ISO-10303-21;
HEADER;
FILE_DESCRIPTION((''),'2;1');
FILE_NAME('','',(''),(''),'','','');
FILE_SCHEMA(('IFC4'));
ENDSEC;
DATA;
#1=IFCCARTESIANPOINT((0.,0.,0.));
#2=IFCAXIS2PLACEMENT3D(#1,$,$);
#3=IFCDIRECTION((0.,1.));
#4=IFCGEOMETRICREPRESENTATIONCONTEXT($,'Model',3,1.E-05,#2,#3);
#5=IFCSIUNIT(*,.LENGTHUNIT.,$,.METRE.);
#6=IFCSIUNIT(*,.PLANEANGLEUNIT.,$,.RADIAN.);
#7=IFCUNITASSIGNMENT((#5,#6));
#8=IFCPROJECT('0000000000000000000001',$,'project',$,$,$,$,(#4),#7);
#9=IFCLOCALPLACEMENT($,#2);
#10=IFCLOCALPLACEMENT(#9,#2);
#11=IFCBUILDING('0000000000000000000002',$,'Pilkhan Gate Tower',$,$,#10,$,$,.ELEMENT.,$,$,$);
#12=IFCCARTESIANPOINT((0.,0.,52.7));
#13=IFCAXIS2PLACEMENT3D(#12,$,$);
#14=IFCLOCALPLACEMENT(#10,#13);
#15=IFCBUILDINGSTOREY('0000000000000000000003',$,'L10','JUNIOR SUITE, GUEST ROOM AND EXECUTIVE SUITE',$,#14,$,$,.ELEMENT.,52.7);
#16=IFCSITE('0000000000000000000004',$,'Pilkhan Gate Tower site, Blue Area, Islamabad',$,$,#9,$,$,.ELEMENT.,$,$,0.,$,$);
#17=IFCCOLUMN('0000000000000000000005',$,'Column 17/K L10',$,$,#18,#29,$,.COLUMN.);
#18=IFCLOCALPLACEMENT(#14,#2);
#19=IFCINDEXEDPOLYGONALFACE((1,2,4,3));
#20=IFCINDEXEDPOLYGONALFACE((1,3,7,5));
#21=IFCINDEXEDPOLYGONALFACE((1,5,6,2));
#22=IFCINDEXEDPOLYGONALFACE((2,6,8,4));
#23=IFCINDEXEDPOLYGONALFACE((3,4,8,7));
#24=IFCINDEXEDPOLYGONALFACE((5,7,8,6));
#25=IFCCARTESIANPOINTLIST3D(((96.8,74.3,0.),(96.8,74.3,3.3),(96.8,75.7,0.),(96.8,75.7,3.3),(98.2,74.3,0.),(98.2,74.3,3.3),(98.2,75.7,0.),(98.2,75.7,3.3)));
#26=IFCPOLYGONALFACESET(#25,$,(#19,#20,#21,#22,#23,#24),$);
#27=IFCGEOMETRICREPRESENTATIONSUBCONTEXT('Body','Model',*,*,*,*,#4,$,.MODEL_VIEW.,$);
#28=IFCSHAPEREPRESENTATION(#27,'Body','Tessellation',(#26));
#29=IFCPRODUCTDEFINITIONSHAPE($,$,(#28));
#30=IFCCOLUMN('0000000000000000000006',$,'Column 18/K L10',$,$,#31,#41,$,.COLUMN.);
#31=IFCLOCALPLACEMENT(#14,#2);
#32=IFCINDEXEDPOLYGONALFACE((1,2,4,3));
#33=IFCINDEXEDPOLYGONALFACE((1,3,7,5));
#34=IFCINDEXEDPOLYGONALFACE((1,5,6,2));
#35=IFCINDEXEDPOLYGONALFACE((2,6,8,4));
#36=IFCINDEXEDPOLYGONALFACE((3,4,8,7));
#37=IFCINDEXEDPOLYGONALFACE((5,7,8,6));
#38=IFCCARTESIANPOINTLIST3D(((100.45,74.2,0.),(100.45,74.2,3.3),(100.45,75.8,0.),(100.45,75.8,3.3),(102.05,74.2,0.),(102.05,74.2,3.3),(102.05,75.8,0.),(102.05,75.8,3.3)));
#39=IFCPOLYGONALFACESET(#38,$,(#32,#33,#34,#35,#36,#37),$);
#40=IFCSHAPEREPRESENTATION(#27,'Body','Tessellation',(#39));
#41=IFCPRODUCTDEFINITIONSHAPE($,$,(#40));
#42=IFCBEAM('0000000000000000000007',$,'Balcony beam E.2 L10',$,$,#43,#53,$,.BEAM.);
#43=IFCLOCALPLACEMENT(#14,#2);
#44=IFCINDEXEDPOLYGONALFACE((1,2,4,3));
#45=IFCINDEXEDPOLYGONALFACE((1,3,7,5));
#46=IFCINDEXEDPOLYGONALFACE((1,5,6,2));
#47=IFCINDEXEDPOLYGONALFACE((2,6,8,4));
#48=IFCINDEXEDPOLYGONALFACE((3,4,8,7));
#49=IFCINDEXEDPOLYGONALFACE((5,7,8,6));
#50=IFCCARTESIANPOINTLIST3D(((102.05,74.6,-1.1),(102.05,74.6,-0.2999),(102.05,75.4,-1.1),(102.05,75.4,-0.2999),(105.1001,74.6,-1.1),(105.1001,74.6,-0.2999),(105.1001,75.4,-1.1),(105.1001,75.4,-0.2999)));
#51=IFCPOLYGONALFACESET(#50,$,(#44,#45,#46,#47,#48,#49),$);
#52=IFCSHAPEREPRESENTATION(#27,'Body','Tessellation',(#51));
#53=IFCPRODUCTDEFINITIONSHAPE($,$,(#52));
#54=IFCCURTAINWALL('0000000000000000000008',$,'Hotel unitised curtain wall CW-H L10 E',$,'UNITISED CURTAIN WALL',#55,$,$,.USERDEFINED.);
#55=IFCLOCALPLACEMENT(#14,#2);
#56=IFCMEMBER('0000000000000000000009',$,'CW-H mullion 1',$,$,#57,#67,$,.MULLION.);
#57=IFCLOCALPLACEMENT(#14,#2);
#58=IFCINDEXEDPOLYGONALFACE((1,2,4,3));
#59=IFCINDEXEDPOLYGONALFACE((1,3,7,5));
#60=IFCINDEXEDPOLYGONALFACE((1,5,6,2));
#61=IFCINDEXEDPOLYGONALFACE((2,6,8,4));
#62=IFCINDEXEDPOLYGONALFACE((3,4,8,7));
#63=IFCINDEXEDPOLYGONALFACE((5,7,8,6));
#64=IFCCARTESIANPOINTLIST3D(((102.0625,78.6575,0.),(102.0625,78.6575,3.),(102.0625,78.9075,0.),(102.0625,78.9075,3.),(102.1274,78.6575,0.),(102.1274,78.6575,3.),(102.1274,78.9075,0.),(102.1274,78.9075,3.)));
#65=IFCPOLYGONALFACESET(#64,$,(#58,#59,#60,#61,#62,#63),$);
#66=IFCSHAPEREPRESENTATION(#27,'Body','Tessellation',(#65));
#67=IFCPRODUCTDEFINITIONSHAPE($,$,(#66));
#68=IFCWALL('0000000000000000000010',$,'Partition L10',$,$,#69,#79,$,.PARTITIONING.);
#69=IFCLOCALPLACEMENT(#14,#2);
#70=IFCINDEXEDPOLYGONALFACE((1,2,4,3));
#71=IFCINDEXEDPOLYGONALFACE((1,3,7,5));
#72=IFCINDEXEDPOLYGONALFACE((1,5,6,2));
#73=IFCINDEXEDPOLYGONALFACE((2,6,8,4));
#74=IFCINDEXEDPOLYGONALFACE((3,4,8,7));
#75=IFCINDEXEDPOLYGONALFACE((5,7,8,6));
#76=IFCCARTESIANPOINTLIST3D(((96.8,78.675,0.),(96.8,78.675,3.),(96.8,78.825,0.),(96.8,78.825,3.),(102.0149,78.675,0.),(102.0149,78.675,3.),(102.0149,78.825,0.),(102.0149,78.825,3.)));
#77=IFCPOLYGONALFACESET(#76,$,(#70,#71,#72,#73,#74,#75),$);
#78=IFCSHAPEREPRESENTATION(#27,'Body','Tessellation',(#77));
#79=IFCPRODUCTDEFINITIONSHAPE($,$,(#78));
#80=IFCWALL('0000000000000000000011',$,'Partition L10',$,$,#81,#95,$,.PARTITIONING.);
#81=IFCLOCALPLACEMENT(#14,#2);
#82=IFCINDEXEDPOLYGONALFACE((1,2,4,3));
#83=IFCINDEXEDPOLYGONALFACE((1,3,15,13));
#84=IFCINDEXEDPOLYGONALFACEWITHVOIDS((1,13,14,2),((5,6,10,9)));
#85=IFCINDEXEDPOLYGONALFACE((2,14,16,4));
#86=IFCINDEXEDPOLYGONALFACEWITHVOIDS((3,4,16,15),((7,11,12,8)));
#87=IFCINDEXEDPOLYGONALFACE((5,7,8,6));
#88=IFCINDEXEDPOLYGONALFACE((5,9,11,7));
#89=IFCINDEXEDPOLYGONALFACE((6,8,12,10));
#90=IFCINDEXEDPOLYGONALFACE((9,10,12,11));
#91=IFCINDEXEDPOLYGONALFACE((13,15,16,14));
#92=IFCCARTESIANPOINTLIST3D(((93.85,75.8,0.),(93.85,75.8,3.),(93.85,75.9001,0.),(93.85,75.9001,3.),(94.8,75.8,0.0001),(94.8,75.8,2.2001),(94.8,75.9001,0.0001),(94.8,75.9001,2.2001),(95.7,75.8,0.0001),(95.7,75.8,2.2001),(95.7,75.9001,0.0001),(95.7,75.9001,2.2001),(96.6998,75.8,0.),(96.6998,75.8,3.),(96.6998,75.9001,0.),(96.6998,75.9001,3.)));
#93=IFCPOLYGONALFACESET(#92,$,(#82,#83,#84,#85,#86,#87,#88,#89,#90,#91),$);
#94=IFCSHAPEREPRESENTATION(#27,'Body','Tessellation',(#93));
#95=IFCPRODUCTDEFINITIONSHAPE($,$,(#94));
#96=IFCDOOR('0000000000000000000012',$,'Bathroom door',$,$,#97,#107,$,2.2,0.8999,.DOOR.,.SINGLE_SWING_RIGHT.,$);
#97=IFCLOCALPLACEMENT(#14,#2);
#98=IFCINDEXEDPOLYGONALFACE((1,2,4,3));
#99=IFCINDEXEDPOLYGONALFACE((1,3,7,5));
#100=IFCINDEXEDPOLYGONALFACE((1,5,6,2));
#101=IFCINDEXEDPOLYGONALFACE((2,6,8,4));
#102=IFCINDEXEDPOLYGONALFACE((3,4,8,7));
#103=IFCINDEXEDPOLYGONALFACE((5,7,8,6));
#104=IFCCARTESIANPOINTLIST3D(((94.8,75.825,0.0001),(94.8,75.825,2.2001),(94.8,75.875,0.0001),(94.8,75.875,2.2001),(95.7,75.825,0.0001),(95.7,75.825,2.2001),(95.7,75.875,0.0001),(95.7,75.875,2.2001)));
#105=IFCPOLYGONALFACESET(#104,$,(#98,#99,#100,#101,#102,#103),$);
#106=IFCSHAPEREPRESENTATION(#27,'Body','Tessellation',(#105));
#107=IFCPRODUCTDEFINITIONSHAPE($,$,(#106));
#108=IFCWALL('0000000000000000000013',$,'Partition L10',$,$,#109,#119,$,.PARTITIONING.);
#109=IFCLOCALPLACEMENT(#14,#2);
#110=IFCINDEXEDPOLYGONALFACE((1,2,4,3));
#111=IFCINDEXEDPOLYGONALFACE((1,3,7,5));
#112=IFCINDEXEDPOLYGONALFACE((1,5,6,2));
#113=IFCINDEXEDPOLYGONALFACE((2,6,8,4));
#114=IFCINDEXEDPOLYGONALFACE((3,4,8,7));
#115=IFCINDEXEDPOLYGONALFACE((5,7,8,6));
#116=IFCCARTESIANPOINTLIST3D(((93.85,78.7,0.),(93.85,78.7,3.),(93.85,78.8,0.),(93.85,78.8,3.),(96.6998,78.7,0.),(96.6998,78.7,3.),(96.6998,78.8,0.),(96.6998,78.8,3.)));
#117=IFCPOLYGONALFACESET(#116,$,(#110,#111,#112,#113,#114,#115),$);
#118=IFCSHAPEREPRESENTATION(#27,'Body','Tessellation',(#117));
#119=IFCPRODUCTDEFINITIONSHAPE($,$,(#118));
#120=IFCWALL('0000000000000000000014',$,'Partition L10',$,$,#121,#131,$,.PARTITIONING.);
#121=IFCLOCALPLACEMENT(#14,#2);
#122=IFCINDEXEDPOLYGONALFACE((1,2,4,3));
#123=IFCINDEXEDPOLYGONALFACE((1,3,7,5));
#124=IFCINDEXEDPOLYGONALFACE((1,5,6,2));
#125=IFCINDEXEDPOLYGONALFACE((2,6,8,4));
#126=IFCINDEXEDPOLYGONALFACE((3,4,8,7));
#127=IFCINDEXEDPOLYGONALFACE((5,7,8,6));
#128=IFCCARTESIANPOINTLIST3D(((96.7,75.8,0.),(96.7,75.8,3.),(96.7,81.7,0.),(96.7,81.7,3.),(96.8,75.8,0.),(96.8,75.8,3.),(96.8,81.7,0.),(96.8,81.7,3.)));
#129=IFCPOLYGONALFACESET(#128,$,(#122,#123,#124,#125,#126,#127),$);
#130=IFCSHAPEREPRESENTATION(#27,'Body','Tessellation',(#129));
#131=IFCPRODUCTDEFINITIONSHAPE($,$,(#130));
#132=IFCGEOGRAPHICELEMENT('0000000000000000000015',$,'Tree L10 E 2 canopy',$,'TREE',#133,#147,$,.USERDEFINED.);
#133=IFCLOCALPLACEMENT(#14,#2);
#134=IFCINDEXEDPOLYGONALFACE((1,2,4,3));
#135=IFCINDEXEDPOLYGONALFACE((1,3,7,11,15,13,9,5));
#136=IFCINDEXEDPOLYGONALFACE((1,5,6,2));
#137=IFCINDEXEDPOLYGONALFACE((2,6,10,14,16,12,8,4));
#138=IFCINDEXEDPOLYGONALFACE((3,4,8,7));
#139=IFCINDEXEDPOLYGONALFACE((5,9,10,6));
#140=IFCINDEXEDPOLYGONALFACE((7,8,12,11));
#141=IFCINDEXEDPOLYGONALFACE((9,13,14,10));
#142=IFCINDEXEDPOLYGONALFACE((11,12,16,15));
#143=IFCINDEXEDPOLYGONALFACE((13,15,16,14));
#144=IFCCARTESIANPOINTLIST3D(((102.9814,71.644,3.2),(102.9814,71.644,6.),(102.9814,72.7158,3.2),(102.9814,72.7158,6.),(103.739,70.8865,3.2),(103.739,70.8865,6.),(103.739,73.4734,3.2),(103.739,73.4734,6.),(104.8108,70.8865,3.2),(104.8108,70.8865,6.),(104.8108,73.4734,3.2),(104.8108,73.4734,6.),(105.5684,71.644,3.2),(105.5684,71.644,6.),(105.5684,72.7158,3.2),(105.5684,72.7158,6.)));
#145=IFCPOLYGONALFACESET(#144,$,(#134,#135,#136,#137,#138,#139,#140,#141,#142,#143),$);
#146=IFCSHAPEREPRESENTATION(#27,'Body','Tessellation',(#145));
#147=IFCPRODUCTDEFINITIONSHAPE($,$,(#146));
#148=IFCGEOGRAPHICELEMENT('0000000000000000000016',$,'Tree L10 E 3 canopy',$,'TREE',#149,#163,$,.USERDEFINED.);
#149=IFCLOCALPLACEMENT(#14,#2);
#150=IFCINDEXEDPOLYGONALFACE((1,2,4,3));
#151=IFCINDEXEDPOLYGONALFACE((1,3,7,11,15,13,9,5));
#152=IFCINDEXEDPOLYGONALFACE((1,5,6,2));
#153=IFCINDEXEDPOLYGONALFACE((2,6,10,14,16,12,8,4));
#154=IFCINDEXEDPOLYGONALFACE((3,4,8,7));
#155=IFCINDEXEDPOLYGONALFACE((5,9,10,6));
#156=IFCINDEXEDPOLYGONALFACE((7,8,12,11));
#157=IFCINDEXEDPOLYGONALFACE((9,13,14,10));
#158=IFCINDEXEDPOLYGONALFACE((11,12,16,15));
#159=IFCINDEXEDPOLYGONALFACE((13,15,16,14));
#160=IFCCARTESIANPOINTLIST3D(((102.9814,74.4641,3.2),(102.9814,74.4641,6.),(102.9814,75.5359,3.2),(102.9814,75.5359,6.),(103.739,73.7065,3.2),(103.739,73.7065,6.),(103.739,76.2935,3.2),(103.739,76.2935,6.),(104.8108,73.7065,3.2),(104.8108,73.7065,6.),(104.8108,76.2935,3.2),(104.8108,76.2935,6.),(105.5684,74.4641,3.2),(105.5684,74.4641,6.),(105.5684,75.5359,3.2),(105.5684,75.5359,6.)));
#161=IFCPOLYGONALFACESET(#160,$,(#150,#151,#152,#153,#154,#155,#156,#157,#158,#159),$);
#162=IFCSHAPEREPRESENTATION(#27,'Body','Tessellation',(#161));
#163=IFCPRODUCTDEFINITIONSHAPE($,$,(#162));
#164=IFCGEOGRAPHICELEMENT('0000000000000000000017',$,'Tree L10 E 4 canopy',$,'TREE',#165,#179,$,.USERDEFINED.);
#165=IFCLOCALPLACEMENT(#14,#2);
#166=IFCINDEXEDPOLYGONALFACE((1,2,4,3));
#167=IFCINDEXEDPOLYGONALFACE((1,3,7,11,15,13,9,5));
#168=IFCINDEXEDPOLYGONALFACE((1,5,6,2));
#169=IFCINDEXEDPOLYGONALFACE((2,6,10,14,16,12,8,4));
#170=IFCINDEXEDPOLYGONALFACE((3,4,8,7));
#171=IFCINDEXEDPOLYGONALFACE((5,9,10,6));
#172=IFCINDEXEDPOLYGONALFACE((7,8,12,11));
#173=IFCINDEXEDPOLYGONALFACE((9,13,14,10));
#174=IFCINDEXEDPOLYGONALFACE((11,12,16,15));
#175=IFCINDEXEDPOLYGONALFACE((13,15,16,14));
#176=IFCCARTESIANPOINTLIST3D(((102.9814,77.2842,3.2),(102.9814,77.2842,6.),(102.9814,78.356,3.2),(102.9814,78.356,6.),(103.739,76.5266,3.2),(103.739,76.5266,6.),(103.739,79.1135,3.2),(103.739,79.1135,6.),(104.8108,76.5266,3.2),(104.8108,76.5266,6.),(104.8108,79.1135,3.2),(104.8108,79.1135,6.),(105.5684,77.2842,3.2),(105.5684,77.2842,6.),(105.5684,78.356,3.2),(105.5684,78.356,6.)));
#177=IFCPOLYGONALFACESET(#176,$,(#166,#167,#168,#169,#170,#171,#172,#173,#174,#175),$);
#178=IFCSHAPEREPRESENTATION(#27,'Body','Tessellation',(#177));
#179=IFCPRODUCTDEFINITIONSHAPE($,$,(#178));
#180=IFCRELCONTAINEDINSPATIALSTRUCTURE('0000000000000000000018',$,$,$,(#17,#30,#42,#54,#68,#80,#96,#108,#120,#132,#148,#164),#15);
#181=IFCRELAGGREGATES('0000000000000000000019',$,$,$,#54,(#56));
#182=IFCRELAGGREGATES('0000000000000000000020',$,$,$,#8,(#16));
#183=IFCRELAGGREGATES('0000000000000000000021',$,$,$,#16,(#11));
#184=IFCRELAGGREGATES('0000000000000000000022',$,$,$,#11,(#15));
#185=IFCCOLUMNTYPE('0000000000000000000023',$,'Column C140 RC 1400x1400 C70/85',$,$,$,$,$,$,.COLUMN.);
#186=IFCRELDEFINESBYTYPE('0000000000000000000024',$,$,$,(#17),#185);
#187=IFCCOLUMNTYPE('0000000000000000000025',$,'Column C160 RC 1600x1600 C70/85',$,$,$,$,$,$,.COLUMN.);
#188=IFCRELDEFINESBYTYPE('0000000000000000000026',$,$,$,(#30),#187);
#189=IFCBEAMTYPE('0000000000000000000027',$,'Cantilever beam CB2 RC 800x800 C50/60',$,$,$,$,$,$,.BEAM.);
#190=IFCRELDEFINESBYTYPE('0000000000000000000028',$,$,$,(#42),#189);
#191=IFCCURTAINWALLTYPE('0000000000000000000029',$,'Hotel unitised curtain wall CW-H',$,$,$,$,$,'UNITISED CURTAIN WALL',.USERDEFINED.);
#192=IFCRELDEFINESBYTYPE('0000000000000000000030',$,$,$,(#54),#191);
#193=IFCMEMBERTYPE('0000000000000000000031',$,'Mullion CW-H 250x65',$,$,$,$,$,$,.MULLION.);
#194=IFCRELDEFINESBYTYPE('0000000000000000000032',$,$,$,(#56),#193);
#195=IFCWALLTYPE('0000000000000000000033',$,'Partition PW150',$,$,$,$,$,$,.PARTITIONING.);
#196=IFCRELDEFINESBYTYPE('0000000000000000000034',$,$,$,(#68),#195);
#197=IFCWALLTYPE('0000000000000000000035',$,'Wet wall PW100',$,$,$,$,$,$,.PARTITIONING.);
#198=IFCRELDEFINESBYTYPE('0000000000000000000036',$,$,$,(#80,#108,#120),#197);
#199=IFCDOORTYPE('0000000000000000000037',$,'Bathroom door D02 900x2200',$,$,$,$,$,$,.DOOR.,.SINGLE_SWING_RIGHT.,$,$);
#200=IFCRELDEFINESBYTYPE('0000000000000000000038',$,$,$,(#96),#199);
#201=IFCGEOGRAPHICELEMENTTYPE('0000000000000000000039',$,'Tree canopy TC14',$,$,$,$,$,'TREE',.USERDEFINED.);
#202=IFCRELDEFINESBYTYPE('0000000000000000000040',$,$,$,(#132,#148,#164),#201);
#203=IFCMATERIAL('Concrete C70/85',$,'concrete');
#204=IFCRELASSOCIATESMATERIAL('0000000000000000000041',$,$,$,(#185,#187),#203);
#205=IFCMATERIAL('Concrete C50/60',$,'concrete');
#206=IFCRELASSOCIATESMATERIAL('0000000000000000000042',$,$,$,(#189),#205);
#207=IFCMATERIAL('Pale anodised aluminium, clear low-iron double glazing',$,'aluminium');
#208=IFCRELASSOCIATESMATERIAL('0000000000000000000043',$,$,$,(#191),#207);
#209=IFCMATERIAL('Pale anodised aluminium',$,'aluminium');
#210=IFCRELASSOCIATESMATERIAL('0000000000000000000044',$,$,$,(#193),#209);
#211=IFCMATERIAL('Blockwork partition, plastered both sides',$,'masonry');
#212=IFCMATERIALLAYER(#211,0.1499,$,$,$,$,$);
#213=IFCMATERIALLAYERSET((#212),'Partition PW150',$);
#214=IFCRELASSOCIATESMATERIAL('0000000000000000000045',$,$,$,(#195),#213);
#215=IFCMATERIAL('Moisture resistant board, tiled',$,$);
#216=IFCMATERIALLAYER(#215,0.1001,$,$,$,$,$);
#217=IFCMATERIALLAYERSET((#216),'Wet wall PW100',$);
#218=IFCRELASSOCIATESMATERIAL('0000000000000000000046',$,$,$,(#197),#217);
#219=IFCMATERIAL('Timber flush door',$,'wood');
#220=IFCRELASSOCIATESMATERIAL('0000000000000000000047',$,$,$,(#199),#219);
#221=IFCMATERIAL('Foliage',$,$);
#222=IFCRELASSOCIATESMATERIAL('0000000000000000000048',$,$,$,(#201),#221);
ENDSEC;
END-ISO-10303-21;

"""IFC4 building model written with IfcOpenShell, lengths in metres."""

from ifc_helpers import new_model, si_unit, direction, frame, frame_2d, origin, origin_2d, place, context, subcontext, project, spatial, polyline, rectangle, outline, extrude, material, layer, layer_set, material_profile, profile_set, type_object, element, fill, aggregate, save


model = new_model("IFC4")

# Units and contexts
model_context = context("Model", 3, precision=1e-05, world=origin(), true_north=direction((0.0, 1.0)))
body_context = subcontext(model_context, "Body", "Model", "MODEL_VIEW")
ifc_project = project(units=[si_unit("LENGTHUNIT", "METRE"), si_unit("PLANEANGLEUNIT", "RADIAN")], contexts=[model_context])

# Site, building, storey
site_placement = place(None, origin())
site = spatial("IfcSite", under=ifc_project, at=site_placement, Name="Pilkhan Gate Tower site, Blue Area, Islamabad", CompositionType="ELEMENT", RefElevation=0.0)
building_placement = place(site_placement, origin())
building = spatial("IfcBuilding", under=site, at=building_placement, Name="Pilkhan Gate Tower", CompositionType="ELEMENT")
storey_placement = place(building_placement, frame((0.0, 0.0, 52.7)))
storey = spatial("IfcBuildingStorey", under=building, at=storey_placement, Name="L10", Description="JUNIOR SUITE, GUEST ROOM AND EXECUTIVE SUITE", CompositionType="ELEMENT", Elevation=52.7)

# Columns
ifc_material_1 = material(Name="Concrete C70/85", Category="concrete")
ifc_material_profile_1 = material_profile(ifc_material_1, rectangle(XDim=1.3999, YDim=1.3999, at=origin_2d()), Name="RC 1400x1400")
ifc_profile_set_1 = profile_set([ifc_material_profile_1], Name="Concrete C70/85")
column_type_1 = type_object("IfcColumnType", Name="Column C140 RC 1400x1400 C70/85", PredefinedType="COLUMN", material=ifc_profile_set_1)
column_1_placement = place(storey_placement, frame((97.5, 75.0, 0.0), z_axis=(0.0, 0.0, 1.0), x_axis=(1.0, 0.0, 0.0)))
element("IfcColumn", 1, at=column_1_placement, inside=storey, type_object=column_type_1, Name="Column 17/K L10", PredefinedType="COLUMN", context=body_context, shape_type="SweptSolid", body=[
    extrude(rectangle(XDim=1.3999, YDim=1.3999, at=origin_2d()), origin(), (0.0, 0.0, 1.0), 3.3),
])
ifc_material_profile_2 = material_profile(ifc_material_1, rectangle(XDim=1.6001, YDim=1.6001, at=origin_2d()), Name="RC 1600x1600")
ifc_profile_set_2 = profile_set([ifc_material_profile_2], Name="Concrete C70/85")
column_type_2 = type_object("IfcColumnType", Name="Column C160 RC 1600x1600 C70/85", PredefinedType="COLUMN", material=ifc_profile_set_2)
column_2_placement = place(storey_placement, frame((101.25, 75.0, 0.0), z_axis=(0.0, 0.0, 1.0), x_axis=(1.0, 0.0, 0.0)))
element("IfcColumn", 2, at=column_2_placement, inside=storey, type_object=column_type_2, Name="Column 18/K L10", PredefinedType="COLUMN", context=body_context, shape_type="SweptSolid", body=[
    extrude(rectangle(XDim=1.6001, YDim=1.6001, at=origin_2d()), origin(), (0.0, 0.0, 1.0), 3.3),
])

# Beam
ifc_material_2 = material(Name="Concrete C50/60", Category="concrete")
ifc_material_profile_3 = material_profile(ifc_material_2, rectangle(XDim=0.8, YDim=0.8, at=origin_2d()), Name="RC 800x800")
ifc_profile_set_3 = profile_set([ifc_material_profile_3], Name="Concrete C50/60")
beam_type = type_object("IfcBeamType", Name="Cantilever beam CB2 RC 800x800 C50/60", PredefinedType="BEAM", material=ifc_profile_set_3)
beam_placement = place(storey_placement, frame((102.05, 75.0, -0.7), z_axis=(1.0, 0.0, 0.0), x_axis=(0.0, 1.0, 0.0)))
element("IfcBeam", 3, at=beam_placement, inside=storey, type_object=beam_type, Name="Balcony beam E.2 L10", PredefinedType="BEAM", context=body_context, shape_type="SweptSolid", body=[
    extrude(rectangle(XDim=0.8, YDim=0.8, at=origin_2d()), origin(), (0.0, 0.0, 1.0), 3.05),
])

# Curtain wall, member
ifc_material_3 = material(Name="Pale anodised aluminium, clear low-iron double glazing", Category="aluminium")
curtain_wall_type = type_object("IfcCurtainWallType", Name="Hotel unitised curtain wall CW-H", ElementType="UNITISED CURTAIN WALL", PredefinedType="USERDEFINED", material=ifc_material_3)
curtain_wall_placement = place(storey_placement, origin())
curtain_wall = element("IfcCurtainWall", 4, at=curtain_wall_placement, inside=storey, type_object=curtain_wall_type, Name="Hotel unitised curtain wall CW-H L10 E", ObjectType="UNITISED CURTAIN WALL", PredefinedType="USERDEFINED")
ifc_material_4 = material(Name="Pale anodised aluminium", Category="aluminium")
ifc_material_profile_4 = material_profile(ifc_material_4, rectangle(XDim=0.0649, YDim=0.25, at=origin_2d()), Name="Mullion 250x65")
ifc_profile_set_4 = profile_set([ifc_material_profile_4], Name="Pale anodised aluminium")
member_type = type_object("IfcMemberType", Name="Mullion CW-H 250x65", PredefinedType="MULLION", material=ifc_profile_set_4)
member_placement = place(storey_placement, frame((102.095, 78.7825, 0.0), z_axis=(0.0, 0.0, 1.0), x_axis=(-1.0, 0.0, 0.0)))
member = element("IfcMember", 5, at=member_placement, type_object=member_type, Name="CW-H mullion 1", PredefinedType="MULLION", context=body_context, shape_type="SweptSolid", body=[
    extrude(rectangle(XDim=0.0649, YDim=0.25, at=origin_2d()), origin(), (0.0, 0.0, 1.0), 3.0),
])
aggregate(curtain_wall, [member])

# Wall
ifc_material_5 = material(Name="Blockwork partition, plastered both sides", Category="masonry")
ifc_layer_1 = layer(ifc_material_5, 0.1499)
ifc_layer_set_1 = layer_set([ifc_layer_1], Name="Partition PW150")
wall_type_1 = type_object("IfcWallType", Name="Partition PW150", PredefinedType="PARTITIONING", material=ifc_layer_set_1)
wall_1_placement = place(storey_placement, frame((96.8, 78.75, 0.0), z_axis=(0.0, 0.0, 1.0), x_axis=(1.0, 0.0, 0.0)))
element("IfcWall", 6, at=wall_1_placement, inside=storey, type_object=wall_type_1, Name="Partition L10", PredefinedType="PARTITIONING", context=body_context, shape_type="SweptSolid", body=[
    extrude(rectangle(XDim=5.2148, YDim=0.1499, at=frame_2d((2.6074, 0.0))), origin(), (0.0, 0.0, 1.0), 3.0),
])

# Wall, opening, door
ifc_material_6 = material(Name="Moisture resistant board, tiled")
ifc_layer_2 = layer(ifc_material_6, 0.1001)
ifc_layer_set_2 = layer_set([ifc_layer_2], Name="Wet wall PW100")
wall_type_2 = type_object("IfcWallType", Name="Wet wall PW100", PredefinedType="PARTITIONING", material=ifc_layer_set_2)
wall_2_placement = place(storey_placement, frame((93.8501, 75.8501, 0.0), z_axis=(0.0, 0.0, 1.0), x_axis=(1.0, 0.0, 0.0)))
wall_2 = element("IfcWall", 7, at=wall_2_placement, inside=storey, type_object=wall_type_2, Name="Partition L10", PredefinedType="PARTITIONING", context=body_context, shape_type="SweptSolid", body=[
    extrude(rectangle(XDim=2.8499, YDim=0.1001, at=frame_2d((1.4248, 0.0))), origin(), (0.0, 0.0, 1.0), 3.0),
])
opening_1_placement = place(wall_2_placement, frame((0.95, 0.0, 0.0)))
opening_1 = element("IfcOpeningElement", 8, at=opening_1_placement, cuts=wall_2, PredefinedType="OPENING", context=body_context, shape_type="SweptSolid", body=[
    extrude(rectangle(XDim=0.8999, YDim=2.2, at=frame_2d((0.45, 1.1001))), frame((0.0, 0.0601, 0.0), z_axis=(0.0, -1.0, 0.0), x_axis=(1.0, 0.0, 0.0)), (0.0, 0.0, 1.0), 0.1201),
])
ifc_material_7 = material(Name="Timber flush door", Category="wood")
door_type_1 = type_object("IfcDoorType", Name="Bathroom door D02 900x2200", OperationType="SINGLE_SWING_RIGHT", PredefinedType="DOOR", material=ifc_material_7)
door_1_placement = place(opening_1_placement, origin())
door_1 = element("IfcDoor", 9, at=door_1_placement, inside=storey, type_object=door_type_1, Name="Bathroom door", OperationType="SINGLE_SWING_RIGHT", OverallHeight=2.2, OverallWidth=0.8999, PredefinedType="DOOR", context=body_context, shape_type="SweptSolid", body=[
    extrude(rectangle(XDim=0.8999, YDim=2.2, at=frame_2d((0.45, 1.1001))), frame((0.0, 0.0249, 0.0), z_axis=(0.0, -1.0, 0.0), x_axis=(1.0, 0.0, 0.0)), (0.0, 0.0, 1.0), 0.05),
])
fill(opening_1, door_1)

# Walls
wall_3_placement = place(storey_placement, frame((93.8501, 78.75, 0.0), z_axis=(0.0, 0.0, 1.0), x_axis=(1.0, 0.0, 0.0)))
element("IfcWall", 10, at=wall_3_placement, inside=storey, type_object=wall_type_2, Name="Partition L10", PredefinedType="PARTITIONING", context=body_context, shape_type="SweptSolid", body=[
    extrude(rectangle(XDim=2.8499, YDim=0.1001, at=frame_2d((1.4248, 0.0))), origin(), (0.0, 0.0, 1.0), 3.0),
])
wall_4_placement = place(storey_placement, frame((96.75, 75.8, 0.0), z_axis=(0.0, 0.0, 1.0), x_axis=(0.0, 1.0, 0.0)))
element("IfcWall", 11, at=wall_4_placement, inside=storey, type_object=wall_type_2, Name="Partition L10", PredefinedType="PARTITIONING", context=body_context, shape_type="SweptSolid", body=[
    extrude(rectangle(XDim=5.8999, YDim=0.1001, at=frame_2d((2.95, 0.0))), origin(), (0.0, 0.0, 1.0), 3.0),
])

# Geographic elements
ifc_material_8 = material(Name="Foliage")
ifc_material_profile_5 = material_profile(ifc_material_8, outline(polyline([(1.2935, 0.5359), (0.5359, 1.2935), (-0.5359, 1.2935), (-1.2935, 0.5359), (-1.2935, -0.5359), (-0.5359, -1.2935), (0.5359, -1.2935), (1.2935, -0.5359), (1.2935, 0.5359)])), Name="Canopy D2.8")
ifc_profile_set_5 = profile_set([ifc_material_profile_5], Name="Foliage")
geographic_element_type_1 = type_object("IfcGeographicElementType", Name="Tree canopy TC14", ElementType="TREE", PredefinedType="USERDEFINED", material=ifc_profile_set_5)
for number, where, z_axis, x_axis, name in (
    (12, (104.2749, 72.1799, 3.2), (0.0, 0.0, 1.0), (1.0, 0.0, 0.0), "Tree L10 E 2 canopy"),
    (13, (104.2749, 75.0, 3.2), (0.0, 0.0, 1.0), (1.0, 0.0, 0.0), "Tree L10 E 3 canopy"),
    (14, (104.2749, 77.8201, 3.2), (0.0, 0.0, 1.0), (1.0, 0.0, 0.0), "Tree L10 E 4 canopy"),
):
    element("IfcGeographicElement", number, at=place(storey_placement, frame(where, z_axis=z_axis, x_axis=x_axis)), inside=storey, type_object=geographic_element_type_1, Name=name, ObjectType="TREE", PredefinedType="USERDEFINED", context=body_context, shape_type="SweptSolid", body=[
        extrude(outline(polyline([(1.2935, 0.5359), (0.5359, 1.2935), (-0.5359, 1.2935), (-1.2935, 0.5359), (-1.2935, -0.5359), (-0.5359, -1.2935), (0.5359, -1.2935), (1.2935, -0.5359), (1.2935, 0.5359)])), origin(), (0.0, 0.0, 1.0), 2.8),
    ])

save(model, "model.ifc")
